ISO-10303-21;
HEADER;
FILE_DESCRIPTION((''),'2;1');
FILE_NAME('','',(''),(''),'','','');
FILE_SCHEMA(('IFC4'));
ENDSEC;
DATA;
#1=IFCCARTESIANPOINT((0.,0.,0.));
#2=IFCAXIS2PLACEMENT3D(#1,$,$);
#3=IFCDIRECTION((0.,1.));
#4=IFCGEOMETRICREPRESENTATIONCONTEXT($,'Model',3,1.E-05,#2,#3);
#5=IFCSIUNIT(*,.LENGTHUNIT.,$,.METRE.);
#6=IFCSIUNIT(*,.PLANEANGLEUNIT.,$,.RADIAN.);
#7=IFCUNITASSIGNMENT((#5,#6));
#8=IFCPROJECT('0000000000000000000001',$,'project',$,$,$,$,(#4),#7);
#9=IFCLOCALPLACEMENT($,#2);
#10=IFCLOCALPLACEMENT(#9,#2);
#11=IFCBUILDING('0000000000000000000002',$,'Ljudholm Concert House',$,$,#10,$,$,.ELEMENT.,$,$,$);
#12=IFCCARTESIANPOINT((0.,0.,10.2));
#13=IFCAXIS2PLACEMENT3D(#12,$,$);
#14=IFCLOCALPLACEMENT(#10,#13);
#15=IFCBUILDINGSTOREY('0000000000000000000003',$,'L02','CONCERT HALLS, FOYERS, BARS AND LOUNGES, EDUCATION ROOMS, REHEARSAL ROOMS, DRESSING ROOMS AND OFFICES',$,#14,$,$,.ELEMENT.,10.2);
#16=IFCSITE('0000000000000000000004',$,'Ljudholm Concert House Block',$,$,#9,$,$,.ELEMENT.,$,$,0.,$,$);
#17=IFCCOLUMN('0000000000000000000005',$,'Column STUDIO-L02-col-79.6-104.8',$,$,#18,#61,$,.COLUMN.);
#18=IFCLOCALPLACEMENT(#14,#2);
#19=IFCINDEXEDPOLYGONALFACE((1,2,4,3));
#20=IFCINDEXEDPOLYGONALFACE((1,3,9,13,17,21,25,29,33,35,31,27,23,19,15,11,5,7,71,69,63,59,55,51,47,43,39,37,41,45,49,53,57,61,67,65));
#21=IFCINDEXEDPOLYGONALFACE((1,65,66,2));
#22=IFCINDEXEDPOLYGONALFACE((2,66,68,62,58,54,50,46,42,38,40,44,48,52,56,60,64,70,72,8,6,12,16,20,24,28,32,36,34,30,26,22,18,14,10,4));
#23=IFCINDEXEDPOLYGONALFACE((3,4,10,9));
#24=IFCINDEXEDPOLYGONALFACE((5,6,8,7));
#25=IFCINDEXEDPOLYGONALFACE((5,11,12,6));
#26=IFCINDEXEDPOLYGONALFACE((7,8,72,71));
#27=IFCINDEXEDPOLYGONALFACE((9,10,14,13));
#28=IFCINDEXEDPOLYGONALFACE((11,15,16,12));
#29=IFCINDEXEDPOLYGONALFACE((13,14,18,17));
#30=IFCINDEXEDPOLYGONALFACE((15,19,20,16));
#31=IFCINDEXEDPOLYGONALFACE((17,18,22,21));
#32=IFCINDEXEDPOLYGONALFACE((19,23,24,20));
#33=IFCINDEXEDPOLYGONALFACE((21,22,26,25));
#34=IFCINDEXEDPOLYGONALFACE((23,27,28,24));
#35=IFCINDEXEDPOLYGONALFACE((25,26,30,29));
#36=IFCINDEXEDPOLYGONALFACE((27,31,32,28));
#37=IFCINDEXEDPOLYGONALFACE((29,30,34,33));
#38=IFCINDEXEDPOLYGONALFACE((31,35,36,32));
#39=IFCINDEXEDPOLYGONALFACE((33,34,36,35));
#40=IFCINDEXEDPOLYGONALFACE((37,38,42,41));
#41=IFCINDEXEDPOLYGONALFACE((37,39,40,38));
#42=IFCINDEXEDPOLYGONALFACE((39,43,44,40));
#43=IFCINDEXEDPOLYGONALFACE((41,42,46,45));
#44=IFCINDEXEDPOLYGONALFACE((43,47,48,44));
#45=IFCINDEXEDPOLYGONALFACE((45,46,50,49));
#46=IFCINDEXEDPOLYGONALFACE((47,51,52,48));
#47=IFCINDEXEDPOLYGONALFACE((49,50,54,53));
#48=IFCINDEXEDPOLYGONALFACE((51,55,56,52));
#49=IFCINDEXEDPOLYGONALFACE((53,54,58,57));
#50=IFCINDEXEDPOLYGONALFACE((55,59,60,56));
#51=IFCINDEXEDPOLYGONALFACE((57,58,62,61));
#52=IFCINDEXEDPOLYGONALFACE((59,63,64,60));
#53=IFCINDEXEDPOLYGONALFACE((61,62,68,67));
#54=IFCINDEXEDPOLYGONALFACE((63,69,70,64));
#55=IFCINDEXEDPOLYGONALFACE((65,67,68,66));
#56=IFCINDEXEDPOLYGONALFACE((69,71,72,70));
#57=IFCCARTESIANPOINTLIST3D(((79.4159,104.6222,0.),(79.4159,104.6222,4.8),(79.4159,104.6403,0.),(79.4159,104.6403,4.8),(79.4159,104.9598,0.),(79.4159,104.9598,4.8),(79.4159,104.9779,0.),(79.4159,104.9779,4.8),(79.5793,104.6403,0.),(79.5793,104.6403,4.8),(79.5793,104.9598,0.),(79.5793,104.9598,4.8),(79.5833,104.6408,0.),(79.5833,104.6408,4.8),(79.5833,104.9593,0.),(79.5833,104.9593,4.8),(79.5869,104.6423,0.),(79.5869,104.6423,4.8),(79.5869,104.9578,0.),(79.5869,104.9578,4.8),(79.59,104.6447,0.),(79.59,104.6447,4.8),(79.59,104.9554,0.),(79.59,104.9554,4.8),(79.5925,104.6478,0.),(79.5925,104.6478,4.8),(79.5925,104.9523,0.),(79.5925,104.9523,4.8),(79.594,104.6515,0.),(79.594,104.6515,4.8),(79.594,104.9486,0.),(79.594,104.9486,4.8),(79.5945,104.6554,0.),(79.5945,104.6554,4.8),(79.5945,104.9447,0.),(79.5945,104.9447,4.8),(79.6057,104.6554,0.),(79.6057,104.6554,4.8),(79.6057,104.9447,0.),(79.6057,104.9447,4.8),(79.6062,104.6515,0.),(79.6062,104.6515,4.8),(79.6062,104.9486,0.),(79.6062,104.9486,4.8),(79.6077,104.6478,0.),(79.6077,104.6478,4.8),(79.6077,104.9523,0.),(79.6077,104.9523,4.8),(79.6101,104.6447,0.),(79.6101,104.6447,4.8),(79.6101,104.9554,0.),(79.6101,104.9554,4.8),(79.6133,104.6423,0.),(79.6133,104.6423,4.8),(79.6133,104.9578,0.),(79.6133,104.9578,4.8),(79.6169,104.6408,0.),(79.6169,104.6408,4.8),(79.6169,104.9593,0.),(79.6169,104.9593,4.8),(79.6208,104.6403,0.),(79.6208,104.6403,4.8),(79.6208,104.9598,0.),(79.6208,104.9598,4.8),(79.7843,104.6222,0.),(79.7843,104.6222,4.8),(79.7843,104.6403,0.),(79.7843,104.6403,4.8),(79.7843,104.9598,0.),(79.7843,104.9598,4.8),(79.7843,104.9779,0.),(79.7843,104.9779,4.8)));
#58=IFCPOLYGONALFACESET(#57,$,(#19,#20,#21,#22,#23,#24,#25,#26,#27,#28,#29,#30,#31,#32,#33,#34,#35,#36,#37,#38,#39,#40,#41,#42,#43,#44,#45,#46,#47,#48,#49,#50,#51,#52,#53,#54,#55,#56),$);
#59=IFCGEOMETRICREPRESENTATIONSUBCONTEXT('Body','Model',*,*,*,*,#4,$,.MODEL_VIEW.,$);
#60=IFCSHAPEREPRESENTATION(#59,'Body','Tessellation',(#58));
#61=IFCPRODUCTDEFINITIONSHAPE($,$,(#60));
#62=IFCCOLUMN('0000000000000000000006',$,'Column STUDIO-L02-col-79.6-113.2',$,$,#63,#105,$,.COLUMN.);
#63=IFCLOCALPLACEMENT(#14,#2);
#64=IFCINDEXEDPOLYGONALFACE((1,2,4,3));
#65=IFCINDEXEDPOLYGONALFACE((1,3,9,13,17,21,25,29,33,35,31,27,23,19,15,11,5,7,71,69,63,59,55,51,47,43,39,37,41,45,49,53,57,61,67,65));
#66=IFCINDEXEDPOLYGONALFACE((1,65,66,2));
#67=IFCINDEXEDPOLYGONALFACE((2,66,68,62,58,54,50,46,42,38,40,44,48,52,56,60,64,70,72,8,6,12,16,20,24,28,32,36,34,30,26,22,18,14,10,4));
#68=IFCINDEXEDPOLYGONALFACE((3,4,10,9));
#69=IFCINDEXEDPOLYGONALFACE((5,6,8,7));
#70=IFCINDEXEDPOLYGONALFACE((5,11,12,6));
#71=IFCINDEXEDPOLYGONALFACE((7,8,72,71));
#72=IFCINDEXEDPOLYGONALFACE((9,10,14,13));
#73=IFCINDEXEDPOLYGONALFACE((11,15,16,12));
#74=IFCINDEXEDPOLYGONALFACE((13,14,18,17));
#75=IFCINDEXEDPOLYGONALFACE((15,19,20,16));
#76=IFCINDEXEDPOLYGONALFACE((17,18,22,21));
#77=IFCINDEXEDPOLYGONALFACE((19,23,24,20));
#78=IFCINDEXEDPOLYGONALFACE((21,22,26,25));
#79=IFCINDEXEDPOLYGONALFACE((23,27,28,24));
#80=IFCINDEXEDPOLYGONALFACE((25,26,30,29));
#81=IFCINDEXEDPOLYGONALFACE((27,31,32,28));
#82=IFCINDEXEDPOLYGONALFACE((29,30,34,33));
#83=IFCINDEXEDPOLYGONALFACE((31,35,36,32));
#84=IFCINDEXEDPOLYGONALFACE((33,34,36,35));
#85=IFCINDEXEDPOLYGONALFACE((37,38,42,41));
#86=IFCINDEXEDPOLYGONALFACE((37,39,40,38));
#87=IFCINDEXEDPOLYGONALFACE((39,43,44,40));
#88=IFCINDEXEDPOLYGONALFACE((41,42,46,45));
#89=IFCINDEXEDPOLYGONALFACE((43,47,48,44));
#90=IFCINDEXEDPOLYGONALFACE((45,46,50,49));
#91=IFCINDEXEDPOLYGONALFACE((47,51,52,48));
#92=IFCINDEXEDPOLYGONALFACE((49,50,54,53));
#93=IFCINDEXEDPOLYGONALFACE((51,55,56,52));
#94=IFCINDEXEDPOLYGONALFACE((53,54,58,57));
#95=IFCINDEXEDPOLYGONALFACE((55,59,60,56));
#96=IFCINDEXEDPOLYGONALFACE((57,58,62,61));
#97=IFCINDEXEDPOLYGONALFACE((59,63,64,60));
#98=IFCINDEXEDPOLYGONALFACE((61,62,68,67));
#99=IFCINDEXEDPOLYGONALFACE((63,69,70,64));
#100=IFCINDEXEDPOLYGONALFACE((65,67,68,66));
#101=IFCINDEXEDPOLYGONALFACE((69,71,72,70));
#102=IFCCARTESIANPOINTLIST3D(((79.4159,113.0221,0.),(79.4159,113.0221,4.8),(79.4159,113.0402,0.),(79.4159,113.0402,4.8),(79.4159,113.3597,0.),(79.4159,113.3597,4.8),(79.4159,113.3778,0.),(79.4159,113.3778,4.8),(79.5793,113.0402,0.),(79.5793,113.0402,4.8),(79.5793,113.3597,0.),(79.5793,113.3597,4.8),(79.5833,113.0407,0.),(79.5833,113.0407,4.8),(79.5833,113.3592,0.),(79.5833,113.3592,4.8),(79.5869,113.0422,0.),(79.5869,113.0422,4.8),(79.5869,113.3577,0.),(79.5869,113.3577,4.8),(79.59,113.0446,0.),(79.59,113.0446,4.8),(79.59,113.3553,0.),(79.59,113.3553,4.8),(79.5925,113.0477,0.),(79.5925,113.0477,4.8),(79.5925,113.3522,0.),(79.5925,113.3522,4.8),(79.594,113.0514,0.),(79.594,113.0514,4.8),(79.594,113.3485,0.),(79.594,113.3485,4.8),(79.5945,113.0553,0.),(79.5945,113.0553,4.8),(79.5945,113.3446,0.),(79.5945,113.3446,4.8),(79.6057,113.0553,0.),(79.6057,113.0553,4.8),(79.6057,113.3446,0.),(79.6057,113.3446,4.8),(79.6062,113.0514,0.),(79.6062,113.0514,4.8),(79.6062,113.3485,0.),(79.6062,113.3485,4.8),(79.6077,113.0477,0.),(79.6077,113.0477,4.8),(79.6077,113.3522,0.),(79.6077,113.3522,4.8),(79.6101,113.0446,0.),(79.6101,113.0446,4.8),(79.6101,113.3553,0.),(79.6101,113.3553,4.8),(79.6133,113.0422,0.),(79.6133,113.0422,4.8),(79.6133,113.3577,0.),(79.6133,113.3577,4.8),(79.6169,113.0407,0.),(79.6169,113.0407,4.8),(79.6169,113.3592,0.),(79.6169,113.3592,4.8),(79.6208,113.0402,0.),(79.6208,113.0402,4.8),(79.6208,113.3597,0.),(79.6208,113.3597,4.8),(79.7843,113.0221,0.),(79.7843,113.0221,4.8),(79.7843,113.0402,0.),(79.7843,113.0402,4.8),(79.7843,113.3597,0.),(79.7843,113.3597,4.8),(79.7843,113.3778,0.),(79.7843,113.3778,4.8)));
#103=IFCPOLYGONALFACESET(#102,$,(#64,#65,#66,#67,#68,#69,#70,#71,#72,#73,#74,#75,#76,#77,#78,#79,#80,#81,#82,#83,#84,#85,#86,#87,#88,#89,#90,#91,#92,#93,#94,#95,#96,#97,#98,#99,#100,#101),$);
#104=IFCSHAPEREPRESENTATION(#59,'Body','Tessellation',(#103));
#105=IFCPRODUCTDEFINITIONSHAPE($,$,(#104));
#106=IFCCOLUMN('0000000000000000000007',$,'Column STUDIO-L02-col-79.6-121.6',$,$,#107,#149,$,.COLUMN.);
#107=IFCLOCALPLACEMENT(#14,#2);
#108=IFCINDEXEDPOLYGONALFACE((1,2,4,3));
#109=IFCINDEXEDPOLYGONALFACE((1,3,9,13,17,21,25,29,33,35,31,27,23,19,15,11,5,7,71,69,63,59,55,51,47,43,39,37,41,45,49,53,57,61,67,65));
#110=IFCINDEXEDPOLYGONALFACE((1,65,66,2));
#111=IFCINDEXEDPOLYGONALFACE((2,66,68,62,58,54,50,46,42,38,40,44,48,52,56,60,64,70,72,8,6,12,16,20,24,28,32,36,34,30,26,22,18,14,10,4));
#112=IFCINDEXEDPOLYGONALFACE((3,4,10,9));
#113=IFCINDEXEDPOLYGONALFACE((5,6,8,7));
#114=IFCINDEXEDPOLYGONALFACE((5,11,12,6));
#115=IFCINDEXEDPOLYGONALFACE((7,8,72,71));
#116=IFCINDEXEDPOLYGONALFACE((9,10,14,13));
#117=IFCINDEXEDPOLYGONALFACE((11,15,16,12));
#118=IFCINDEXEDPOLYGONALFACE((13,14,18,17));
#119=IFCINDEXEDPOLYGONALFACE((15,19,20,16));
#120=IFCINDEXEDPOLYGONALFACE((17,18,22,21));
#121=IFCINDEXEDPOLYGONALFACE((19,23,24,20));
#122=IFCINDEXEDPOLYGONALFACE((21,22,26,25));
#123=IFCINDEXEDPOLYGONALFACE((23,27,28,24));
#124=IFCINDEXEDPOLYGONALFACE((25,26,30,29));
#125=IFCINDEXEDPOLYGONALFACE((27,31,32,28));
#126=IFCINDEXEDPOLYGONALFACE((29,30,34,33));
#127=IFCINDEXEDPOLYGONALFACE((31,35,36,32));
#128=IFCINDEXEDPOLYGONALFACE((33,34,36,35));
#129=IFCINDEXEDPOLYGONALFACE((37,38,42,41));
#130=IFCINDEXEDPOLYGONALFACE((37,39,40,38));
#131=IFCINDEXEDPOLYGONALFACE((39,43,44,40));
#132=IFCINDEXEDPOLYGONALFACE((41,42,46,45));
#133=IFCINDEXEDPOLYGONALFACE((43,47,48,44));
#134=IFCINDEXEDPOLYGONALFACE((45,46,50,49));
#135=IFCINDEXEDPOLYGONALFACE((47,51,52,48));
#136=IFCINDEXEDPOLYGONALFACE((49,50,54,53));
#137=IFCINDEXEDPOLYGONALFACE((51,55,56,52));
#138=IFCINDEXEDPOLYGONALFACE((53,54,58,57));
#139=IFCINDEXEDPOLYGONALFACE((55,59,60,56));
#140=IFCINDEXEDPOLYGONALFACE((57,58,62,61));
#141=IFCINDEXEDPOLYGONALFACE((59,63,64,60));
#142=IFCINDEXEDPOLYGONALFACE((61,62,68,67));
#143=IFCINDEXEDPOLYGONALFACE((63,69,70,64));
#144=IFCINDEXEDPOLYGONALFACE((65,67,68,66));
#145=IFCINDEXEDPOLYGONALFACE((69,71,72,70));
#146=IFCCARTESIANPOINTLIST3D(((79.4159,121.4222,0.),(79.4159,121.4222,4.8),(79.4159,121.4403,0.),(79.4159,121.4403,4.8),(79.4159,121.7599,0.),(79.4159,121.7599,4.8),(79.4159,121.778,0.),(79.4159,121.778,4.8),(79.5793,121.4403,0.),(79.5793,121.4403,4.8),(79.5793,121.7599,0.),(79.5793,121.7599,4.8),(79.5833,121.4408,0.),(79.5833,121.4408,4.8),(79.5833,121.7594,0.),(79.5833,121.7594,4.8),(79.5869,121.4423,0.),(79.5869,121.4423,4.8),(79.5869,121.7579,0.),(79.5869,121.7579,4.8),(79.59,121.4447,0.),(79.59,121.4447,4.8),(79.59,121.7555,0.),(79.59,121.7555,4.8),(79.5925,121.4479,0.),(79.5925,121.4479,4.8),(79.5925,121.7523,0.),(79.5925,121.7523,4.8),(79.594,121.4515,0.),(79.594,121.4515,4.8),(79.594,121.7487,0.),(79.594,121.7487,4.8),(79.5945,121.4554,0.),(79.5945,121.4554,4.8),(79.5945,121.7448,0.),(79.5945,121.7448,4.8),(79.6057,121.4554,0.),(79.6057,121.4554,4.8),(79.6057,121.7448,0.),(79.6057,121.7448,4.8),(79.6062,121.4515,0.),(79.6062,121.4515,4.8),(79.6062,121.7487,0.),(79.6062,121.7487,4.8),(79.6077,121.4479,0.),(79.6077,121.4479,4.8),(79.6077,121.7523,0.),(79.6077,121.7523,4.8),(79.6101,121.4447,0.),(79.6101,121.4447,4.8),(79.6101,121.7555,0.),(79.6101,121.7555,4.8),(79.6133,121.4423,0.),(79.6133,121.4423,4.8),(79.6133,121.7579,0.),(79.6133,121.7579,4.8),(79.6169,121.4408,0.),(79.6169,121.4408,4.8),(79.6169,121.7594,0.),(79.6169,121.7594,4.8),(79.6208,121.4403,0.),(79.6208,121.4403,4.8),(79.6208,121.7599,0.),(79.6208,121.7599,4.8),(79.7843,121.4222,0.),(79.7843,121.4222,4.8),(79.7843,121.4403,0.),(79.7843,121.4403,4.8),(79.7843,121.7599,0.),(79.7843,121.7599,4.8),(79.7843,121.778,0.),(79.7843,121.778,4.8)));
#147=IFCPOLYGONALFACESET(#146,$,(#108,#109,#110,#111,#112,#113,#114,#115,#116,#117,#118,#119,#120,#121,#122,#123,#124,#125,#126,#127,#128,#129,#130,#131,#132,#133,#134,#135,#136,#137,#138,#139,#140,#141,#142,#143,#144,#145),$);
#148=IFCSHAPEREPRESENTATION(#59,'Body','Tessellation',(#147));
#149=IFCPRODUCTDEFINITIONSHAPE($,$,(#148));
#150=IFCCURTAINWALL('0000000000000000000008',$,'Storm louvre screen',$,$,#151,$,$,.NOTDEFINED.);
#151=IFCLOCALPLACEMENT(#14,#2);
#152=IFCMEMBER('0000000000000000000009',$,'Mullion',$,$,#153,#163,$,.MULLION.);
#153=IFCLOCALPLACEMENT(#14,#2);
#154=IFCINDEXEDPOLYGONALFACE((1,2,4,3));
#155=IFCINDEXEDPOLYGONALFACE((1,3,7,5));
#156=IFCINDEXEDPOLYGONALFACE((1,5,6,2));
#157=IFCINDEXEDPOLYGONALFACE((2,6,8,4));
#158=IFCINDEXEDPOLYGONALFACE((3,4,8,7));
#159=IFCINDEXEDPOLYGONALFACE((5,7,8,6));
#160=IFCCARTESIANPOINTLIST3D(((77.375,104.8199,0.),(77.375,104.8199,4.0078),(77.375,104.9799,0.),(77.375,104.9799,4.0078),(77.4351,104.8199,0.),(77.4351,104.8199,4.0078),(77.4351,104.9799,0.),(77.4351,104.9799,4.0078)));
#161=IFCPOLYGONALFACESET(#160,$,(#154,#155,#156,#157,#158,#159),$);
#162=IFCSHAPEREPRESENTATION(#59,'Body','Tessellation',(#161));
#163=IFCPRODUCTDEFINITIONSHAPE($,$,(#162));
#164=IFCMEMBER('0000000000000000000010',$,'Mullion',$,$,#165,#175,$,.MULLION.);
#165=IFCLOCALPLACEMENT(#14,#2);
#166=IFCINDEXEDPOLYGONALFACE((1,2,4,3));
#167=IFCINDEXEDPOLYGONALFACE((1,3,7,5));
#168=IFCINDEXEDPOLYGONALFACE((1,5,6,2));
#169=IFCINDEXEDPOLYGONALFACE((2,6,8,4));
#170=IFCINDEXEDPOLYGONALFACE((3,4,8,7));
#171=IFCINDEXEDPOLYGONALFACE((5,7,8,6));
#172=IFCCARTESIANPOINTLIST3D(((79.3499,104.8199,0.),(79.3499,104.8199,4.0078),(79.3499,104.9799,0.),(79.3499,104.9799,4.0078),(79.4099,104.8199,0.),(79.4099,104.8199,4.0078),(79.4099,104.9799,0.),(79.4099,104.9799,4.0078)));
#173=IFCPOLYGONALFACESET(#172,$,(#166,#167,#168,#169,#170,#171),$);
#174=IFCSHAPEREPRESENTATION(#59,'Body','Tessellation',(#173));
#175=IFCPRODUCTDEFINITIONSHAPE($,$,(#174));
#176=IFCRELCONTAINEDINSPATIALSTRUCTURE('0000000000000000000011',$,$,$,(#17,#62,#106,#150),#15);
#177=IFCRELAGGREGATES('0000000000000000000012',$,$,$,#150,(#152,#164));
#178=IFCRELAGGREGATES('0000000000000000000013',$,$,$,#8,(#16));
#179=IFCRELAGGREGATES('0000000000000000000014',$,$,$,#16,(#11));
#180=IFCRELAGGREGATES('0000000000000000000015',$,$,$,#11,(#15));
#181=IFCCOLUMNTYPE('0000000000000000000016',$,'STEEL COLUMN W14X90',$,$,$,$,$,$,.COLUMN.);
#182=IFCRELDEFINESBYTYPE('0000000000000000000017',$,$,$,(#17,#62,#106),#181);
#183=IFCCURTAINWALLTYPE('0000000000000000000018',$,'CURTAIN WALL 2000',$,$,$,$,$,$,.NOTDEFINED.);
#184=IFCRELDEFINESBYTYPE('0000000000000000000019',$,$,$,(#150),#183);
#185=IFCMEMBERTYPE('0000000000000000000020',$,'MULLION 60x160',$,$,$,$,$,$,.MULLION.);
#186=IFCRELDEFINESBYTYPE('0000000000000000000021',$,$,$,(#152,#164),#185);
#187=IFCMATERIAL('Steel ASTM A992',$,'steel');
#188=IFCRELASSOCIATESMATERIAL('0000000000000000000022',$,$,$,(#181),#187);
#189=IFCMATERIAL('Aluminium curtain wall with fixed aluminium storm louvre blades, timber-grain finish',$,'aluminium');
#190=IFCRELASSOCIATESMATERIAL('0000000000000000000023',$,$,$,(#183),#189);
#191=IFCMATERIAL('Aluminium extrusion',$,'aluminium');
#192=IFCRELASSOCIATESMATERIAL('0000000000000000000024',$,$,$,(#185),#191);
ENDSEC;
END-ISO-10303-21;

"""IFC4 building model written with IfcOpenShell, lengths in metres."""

from ifc_helpers import new_model, si_unit, direction, frame, origin, origin_2d, place, context, subcontext, project, spatial, rectangle, i_section, extrude, material, material_profile, profile_set, type_object, element, aggregate, save


model = new_model("IFC4")

# Units and contexts
model_context = context("Model", 3, precision=1e-05, world=origin(), true_north=direction((0.0, 1.0)))
body_context = subcontext(model_context, "Body", "Model", "MODEL_VIEW")
ifc_project = project(units=[si_unit("LENGTHUNIT", "METRE"), si_unit("PLANEANGLEUNIT", "RADIAN")], contexts=[model_context])

# Site, building, storey
site_placement = place(None, origin())
site = spatial("IfcSite", under=ifc_project, at=site_placement, Name="Ljudholm Concert House Block", CompositionType="ELEMENT", RefElevation=0.0)
building_placement = place(site_placement, origin())
building = spatial("IfcBuilding", under=site, at=building_placement, Name="Ljudholm Concert House", CompositionType="ELEMENT")
storey_placement = place(building_placement, frame((0.0, 0.0, 10.2)))
storey = spatial("IfcBuildingStorey", under=building, at=storey_placement, Name="L02", Description="CONCERT HALLS, FOYERS, BARS AND LOUNGES, EDUCATION ROOMS, REHEARSAL ROOMS, DRESSING ROOMS AND OFFICES", CompositionType="ELEMENT", Elevation=10.2)

# Columns
ifc_material_1 = material(Name="Steel ASTM A992", Category="steel")
ifc_material_profile_1 = material_profile(ifc_material_1, i_section(OverallWidth=0.3684, OverallDepth=0.3557, WebThickness=0.0112, FlangeThickness=0.0181, FilletRadius=0.0151, at=origin_2d()), Name="W14X90")
ifc_profile_set_1 = profile_set([ifc_material_profile_1], Name="Steel ASTM A992")
column_type = type_object("IfcColumnType", Name="STEEL COLUMN W14X90", PredefinedType="COLUMN", material=ifc_profile_set_1)
for number, where, z_axis, x_axis, name in (
    (1, (79.6001, 104.8, 0.0), (0.0, 0.0, 1.0), (1.0, 0.0, 0.0), "Column STUDIO-L02-col-79.6-104.8"),
    (2, (79.6001, 113.2, 0.0), (0.0, 0.0, 1.0), (1.0, 0.0, 0.0), "Column STUDIO-L02-col-79.6-113.2"),
    (3, (79.6001, 121.6001, 0.0), (0.0, 0.0, 1.0), (1.0, 0.0, 0.0), "Column STUDIO-L02-col-79.6-121.6"),
):
    element("IfcColumn", number, at=place(storey_placement, frame(where, z_axis=z_axis, x_axis=x_axis)), inside=storey, type_object=column_type, Name=name, PredefinedType="COLUMN", context=body_context, shape_type="SweptSolid", body=[
        extrude(i_section(OverallWidth=0.3684, OverallDepth=0.3557, WebThickness=0.0112, FlangeThickness=0.0181, FilletRadius=0.0151, at=origin_2d()), origin(), (0.0, 0.0, 1.0), 4.8),
    ])

# Curtain wall, members
ifc_material_2 = material(Name="Aluminium curtain wall with fixed aluminium storm louvre blades, timber-grain finish", Category="aluminium")
curtain_wall_type = type_object("IfcCurtainWallType", Name="CURTAIN WALL 2000", PredefinedType="NOTDEFINED", material=ifc_material_2)
curtain_wall_placement = place(storey_placement, origin())
curtain_wall = element("IfcCurtainWall", 4, at=curtain_wall_placement, inside=storey, type_object=curtain_wall_type, Name="Storm louvre screen", PredefinedType="NOTDEFINED")
ifc_material_3 = material(Name="Aluminium extrusion", Category="aluminium")
ifc_material_profile_2 = material_profile(ifc_material_3, rectangle(XDim=0.1599, YDim=0.0601, at=origin_2d()), Name="MULLION 60x160")
ifc_profile_set_2 = profile_set([ifc_material_profile_2], Name="Aluminium extrusion")
member_type_1 = type_object("IfcMemberType", Name="MULLION 60x160", PredefinedType="MULLION", material=ifc_profile_set_2)
member_1_placement = place(storey_placement, frame((77.405, 104.8999, 0.0), z_axis=(0.0, 0.0, 1.0), x_axis=(0.0, 1.0, 0.0)))
member_1 = element("IfcMember", 5, at=member_1_placement, type_object=member_type_1, Name="Mullion", PredefinedType="MULLION", context=body_context, shape_type="SweptSolid", body=[
    extrude(rectangle(XDim=0.1599, YDim=0.0601, at=origin_2d()), origin(), (0.0, 0.0, 1.0), 4.0078),
])
member_2_placement = place(storey_placement, frame((79.3799, 104.8999, 0.0), z_axis=(0.0, 0.0, 1.0), x_axis=(0.0, 1.0, 0.0)))
member_2 = element("IfcMember", 6, at=member_2_placement, type_object=member_type_1, Name="Mullion", PredefinedType="MULLION", context=body_context, shape_type="SweptSolid", body=[
    extrude(rectangle(XDim=0.1599, YDim=0.0601, at=origin_2d()), origin(), (0.0, 0.0, 1.0), 4.0078),
])

aggregate(curtain_wall, [member_1, member_2])

save(model, "model.ifc")
